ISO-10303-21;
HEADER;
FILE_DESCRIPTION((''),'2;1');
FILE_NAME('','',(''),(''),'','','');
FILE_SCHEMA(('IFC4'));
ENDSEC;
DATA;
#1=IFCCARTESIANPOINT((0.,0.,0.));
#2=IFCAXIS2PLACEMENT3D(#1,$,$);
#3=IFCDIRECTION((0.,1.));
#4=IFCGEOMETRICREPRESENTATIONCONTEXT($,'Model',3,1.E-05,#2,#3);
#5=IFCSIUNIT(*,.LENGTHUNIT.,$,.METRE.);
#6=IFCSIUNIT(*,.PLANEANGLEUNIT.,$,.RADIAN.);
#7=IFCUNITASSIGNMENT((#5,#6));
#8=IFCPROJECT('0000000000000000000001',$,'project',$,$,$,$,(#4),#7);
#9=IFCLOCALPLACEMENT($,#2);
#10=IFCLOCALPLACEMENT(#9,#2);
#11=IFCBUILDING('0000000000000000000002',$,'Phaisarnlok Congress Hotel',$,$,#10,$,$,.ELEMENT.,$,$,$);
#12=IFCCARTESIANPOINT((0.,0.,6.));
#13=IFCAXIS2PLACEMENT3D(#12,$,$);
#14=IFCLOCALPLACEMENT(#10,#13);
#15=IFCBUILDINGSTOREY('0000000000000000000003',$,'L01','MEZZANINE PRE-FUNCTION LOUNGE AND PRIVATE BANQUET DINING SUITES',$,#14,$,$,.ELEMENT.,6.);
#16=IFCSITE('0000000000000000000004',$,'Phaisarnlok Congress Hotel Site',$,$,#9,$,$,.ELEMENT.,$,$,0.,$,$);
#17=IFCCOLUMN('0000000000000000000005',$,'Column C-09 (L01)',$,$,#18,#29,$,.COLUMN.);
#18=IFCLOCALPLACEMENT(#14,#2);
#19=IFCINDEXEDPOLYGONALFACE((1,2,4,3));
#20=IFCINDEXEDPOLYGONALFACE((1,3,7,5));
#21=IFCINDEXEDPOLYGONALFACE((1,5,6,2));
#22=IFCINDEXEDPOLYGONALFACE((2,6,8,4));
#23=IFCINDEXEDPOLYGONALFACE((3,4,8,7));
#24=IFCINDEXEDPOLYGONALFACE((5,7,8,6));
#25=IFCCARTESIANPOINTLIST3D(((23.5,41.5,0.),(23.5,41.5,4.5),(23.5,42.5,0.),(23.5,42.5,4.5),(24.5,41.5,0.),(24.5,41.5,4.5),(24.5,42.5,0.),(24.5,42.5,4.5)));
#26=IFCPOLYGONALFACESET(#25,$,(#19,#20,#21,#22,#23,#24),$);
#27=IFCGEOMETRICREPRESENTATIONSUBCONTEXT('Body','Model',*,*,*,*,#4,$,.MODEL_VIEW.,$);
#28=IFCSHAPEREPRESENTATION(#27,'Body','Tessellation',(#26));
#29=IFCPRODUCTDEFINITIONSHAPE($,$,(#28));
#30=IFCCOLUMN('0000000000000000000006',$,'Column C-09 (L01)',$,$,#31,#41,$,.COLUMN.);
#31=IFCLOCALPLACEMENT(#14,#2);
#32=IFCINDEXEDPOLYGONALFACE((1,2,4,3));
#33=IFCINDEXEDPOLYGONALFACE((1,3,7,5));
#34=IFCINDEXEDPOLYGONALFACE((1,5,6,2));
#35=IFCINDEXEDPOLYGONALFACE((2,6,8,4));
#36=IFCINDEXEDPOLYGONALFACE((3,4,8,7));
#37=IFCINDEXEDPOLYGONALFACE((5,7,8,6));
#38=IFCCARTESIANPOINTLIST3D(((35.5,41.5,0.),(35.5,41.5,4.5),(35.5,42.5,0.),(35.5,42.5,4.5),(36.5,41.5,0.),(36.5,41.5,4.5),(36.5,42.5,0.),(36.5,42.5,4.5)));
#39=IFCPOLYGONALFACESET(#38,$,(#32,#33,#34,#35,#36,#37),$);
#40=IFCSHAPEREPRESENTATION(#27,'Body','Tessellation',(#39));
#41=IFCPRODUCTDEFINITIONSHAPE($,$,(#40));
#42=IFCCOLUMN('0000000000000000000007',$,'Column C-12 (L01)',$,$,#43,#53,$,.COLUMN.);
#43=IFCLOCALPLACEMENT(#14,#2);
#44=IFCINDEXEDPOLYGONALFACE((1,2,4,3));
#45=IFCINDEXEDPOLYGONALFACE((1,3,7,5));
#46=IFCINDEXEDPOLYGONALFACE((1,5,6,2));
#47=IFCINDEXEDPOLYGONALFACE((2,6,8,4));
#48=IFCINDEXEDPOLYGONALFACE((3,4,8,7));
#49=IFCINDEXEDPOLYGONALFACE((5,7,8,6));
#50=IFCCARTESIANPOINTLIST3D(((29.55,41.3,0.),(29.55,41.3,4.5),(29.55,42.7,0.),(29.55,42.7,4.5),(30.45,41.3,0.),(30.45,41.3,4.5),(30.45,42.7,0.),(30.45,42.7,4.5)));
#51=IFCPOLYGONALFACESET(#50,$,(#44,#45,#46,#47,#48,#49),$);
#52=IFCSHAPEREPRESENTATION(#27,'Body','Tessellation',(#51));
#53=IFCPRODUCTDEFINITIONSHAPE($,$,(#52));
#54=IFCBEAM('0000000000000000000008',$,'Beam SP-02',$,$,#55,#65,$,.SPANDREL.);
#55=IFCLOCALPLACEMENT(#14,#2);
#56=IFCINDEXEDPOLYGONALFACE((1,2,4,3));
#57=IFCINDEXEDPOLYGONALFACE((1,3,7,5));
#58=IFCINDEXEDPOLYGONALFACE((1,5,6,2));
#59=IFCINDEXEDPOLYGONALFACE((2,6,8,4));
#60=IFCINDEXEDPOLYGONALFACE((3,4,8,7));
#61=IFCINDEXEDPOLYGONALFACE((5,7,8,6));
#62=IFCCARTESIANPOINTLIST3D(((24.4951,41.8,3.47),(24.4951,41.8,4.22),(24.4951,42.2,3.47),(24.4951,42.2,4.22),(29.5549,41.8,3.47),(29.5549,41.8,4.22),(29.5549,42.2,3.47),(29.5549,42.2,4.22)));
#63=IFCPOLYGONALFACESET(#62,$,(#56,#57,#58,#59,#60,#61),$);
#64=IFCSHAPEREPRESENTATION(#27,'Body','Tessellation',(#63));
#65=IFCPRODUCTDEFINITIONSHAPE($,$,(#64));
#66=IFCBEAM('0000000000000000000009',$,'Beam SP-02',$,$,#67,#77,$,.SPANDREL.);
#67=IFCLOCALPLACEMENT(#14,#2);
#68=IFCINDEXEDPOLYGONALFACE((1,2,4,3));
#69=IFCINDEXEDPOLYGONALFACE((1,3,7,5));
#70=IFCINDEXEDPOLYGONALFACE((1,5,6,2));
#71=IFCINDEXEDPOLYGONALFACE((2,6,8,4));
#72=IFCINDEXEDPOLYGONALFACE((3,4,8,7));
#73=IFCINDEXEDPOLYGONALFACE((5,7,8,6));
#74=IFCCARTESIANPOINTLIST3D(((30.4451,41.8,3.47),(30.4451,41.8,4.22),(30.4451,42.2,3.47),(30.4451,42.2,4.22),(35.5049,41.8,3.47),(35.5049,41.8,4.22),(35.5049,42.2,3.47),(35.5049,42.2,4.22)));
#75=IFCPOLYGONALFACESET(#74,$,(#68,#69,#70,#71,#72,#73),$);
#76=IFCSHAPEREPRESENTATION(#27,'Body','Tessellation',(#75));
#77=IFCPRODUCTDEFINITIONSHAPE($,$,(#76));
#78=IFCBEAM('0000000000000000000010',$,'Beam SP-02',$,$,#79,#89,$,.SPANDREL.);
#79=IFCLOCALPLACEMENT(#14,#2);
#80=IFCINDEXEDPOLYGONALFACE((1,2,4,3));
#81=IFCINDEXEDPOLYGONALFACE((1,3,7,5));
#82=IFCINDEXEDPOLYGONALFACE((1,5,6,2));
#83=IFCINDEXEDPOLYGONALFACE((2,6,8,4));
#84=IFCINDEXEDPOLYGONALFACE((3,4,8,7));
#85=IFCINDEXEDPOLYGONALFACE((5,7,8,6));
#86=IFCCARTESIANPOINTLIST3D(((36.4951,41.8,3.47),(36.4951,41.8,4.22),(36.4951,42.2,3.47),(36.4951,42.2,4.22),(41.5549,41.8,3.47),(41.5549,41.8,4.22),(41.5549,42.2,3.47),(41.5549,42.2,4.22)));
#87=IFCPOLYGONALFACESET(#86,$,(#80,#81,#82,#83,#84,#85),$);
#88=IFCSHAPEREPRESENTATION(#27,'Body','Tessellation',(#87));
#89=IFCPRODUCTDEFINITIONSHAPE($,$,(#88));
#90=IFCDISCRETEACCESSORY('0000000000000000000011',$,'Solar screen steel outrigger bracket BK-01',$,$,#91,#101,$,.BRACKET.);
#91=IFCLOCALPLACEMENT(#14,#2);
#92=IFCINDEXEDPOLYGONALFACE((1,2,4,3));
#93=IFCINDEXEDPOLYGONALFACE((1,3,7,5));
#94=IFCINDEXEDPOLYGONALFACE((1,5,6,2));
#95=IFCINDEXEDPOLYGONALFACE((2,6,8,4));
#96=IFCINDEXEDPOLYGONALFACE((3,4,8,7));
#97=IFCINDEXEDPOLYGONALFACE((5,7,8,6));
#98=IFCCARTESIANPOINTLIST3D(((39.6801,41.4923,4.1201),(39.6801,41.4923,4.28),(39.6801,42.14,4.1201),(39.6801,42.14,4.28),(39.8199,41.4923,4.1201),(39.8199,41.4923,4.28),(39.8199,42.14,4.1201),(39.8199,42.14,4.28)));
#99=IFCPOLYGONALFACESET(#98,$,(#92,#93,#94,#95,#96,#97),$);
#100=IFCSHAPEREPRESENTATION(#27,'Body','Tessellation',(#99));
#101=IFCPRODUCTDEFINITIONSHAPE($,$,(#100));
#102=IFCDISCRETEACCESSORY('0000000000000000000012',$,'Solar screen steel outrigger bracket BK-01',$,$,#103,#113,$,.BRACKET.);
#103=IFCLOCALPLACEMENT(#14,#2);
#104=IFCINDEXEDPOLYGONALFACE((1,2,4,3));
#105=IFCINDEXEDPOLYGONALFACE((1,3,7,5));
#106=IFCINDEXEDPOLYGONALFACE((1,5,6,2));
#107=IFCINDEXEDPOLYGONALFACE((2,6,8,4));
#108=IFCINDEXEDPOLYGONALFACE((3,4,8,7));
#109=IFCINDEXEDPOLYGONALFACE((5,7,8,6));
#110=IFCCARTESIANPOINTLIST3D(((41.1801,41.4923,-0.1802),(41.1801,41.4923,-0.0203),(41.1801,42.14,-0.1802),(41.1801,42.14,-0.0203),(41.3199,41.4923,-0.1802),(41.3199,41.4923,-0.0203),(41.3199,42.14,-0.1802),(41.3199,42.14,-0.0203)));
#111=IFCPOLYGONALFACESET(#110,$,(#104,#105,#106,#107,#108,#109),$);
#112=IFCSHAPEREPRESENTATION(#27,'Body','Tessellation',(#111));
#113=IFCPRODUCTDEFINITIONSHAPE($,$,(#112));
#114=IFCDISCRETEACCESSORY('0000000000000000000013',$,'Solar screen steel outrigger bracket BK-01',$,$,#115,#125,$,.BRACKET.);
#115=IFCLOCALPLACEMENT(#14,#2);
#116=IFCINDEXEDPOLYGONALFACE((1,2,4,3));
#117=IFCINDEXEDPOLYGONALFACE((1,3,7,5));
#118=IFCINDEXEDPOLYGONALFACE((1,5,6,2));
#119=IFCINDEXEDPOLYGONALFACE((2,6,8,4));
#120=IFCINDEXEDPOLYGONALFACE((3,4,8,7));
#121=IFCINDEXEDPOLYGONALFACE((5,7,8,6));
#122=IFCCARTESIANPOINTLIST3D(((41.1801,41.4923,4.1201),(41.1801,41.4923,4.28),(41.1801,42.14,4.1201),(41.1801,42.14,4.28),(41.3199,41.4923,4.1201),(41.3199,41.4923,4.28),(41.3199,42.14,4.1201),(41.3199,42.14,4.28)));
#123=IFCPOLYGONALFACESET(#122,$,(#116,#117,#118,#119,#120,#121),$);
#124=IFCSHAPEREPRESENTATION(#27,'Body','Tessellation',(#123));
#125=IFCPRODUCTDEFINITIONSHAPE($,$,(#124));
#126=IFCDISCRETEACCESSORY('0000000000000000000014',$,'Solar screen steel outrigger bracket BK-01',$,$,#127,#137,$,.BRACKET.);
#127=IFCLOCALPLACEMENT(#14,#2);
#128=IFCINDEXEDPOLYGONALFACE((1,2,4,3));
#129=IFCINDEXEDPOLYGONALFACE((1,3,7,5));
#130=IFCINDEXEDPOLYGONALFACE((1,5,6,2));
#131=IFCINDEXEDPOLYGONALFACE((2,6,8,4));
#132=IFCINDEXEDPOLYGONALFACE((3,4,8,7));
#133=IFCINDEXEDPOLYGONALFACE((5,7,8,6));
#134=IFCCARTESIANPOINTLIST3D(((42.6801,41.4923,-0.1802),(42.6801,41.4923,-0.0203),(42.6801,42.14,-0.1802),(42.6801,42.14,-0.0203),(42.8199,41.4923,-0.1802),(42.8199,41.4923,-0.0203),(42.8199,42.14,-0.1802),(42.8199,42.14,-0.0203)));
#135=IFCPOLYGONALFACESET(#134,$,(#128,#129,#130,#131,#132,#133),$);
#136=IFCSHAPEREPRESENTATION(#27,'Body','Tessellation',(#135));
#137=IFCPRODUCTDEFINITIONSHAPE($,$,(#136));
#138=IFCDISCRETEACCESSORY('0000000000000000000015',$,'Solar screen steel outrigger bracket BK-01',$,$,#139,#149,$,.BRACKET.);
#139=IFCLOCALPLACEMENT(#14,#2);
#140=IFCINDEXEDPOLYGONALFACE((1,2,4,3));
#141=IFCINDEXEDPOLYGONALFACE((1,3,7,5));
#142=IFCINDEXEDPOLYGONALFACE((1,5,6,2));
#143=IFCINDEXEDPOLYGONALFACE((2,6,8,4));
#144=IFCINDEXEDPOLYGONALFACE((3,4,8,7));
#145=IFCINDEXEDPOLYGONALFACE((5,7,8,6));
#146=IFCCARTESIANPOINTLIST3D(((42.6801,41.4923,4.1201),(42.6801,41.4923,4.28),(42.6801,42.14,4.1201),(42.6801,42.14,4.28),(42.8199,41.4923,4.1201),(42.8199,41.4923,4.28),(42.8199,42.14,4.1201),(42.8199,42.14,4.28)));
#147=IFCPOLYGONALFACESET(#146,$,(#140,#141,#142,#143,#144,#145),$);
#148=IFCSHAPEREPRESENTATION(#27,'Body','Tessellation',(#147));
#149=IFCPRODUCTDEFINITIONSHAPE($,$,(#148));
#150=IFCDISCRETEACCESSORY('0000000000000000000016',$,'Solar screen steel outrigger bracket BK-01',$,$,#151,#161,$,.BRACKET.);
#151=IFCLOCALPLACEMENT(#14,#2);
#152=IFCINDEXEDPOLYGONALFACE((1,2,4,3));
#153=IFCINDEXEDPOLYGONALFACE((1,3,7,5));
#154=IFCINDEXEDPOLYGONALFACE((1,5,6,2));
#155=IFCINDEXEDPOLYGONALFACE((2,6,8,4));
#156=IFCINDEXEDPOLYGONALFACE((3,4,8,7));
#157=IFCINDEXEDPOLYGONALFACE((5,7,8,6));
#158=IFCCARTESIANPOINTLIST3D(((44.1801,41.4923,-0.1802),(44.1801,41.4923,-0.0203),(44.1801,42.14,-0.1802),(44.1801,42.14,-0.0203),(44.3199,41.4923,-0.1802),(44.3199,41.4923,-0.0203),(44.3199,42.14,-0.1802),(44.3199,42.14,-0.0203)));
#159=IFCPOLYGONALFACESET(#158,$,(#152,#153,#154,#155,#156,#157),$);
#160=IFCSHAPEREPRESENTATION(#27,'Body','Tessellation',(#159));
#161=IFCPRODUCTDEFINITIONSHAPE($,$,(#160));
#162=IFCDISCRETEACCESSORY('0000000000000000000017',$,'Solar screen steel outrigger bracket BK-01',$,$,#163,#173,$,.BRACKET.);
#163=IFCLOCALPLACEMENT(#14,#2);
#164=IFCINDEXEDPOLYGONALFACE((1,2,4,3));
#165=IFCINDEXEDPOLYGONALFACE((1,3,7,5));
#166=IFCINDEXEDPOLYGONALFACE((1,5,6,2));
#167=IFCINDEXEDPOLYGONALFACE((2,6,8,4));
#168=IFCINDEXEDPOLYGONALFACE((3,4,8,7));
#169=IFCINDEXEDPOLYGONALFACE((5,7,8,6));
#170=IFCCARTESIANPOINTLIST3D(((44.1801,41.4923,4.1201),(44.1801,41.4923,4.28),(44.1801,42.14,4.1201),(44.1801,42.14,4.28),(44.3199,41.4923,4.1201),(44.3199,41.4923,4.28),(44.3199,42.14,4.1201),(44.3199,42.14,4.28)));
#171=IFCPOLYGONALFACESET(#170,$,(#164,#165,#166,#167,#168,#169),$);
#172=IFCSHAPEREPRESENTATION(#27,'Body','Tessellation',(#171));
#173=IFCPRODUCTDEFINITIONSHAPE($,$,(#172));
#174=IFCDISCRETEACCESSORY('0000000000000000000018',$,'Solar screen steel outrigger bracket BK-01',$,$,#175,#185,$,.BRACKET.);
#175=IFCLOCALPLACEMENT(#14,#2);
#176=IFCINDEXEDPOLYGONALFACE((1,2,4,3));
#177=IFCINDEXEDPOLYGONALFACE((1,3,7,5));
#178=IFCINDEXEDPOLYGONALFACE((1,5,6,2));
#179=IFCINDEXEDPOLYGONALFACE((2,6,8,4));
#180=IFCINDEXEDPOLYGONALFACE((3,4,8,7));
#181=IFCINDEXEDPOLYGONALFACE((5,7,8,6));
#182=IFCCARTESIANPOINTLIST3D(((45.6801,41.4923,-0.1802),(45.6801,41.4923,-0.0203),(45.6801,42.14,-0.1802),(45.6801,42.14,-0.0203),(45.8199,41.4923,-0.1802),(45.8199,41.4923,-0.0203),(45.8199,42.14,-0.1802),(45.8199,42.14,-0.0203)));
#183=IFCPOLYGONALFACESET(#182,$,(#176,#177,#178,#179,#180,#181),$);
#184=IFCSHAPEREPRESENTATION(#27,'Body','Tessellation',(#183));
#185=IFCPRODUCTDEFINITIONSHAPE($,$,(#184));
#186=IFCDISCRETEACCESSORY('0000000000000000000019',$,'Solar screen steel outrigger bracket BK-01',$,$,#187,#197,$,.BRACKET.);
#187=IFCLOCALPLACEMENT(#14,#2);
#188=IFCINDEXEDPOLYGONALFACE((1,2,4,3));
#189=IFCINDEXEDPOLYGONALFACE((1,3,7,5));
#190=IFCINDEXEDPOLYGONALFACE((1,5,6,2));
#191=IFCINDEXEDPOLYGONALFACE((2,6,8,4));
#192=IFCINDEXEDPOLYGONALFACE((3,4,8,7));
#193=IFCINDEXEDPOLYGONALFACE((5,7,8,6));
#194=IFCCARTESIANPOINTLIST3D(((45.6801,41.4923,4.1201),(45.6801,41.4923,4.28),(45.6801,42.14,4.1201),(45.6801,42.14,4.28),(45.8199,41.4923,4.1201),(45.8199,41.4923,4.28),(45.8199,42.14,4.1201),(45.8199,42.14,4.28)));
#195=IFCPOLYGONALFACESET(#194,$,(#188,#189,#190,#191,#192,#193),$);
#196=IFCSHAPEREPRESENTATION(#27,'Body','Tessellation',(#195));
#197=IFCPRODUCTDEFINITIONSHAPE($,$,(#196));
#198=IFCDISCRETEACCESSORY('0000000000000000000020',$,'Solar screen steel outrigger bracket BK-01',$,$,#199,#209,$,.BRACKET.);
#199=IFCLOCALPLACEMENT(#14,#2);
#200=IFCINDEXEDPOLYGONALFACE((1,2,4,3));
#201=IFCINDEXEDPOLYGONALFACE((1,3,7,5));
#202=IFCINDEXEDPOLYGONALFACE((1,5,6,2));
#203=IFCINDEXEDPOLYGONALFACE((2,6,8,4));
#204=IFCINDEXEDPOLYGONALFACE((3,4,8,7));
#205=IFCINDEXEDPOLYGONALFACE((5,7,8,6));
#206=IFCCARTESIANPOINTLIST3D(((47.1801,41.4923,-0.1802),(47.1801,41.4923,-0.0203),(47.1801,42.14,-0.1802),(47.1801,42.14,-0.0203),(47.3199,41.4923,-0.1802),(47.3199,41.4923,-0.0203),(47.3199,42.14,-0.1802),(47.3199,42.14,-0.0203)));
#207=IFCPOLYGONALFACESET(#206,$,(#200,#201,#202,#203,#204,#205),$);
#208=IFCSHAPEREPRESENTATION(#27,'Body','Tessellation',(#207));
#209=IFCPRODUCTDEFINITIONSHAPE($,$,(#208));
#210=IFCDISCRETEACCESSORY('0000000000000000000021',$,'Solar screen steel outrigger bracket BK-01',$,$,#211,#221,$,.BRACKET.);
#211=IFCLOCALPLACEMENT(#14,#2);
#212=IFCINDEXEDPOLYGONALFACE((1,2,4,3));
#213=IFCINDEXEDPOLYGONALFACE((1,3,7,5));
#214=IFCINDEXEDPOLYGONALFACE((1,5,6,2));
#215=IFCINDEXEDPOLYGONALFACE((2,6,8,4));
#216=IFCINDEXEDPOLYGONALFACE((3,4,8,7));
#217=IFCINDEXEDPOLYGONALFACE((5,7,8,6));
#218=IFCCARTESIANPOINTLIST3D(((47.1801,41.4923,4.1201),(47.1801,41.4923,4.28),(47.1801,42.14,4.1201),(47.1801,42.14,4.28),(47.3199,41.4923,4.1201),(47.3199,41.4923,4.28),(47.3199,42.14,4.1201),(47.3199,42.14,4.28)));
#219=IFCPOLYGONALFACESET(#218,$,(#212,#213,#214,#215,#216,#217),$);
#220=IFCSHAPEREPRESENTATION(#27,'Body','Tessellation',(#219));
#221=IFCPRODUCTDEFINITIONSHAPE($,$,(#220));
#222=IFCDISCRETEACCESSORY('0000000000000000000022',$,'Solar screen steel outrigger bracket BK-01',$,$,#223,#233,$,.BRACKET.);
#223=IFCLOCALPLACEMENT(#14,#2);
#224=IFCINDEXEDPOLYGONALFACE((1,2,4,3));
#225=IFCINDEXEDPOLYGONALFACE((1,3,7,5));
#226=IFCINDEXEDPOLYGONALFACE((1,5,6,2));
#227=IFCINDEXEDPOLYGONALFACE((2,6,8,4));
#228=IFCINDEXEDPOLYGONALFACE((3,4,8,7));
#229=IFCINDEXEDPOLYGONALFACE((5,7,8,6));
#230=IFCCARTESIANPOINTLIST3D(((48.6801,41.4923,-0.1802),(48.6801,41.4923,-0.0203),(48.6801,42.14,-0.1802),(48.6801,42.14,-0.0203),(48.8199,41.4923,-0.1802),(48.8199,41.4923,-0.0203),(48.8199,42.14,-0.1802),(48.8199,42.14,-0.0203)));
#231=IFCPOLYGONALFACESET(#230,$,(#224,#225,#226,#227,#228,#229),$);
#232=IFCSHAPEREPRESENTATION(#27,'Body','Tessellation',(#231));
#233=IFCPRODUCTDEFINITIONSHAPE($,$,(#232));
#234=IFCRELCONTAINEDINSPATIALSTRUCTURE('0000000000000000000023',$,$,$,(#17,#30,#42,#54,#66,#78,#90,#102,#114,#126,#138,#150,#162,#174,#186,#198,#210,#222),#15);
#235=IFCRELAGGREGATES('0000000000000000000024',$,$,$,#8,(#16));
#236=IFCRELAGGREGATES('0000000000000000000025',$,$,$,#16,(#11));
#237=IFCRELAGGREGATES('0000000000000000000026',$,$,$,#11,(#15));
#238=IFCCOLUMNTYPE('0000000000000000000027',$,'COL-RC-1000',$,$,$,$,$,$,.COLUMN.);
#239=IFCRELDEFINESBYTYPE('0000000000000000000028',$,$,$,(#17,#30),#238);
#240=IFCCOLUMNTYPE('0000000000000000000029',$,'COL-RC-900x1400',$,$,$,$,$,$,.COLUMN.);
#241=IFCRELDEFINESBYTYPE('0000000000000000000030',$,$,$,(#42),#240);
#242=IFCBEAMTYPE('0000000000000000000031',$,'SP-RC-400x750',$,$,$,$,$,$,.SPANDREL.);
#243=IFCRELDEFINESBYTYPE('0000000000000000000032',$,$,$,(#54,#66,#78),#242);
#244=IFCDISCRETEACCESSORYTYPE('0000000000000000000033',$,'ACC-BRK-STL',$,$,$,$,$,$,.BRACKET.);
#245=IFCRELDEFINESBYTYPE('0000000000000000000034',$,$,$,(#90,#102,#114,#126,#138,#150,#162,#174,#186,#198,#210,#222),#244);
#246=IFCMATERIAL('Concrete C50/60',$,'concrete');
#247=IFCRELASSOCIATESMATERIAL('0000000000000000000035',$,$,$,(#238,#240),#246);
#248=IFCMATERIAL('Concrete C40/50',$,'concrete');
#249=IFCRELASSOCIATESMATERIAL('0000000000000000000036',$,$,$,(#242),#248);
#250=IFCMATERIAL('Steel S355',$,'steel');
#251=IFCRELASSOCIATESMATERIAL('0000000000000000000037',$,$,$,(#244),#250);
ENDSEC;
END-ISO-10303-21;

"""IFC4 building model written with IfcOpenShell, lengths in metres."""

from ifc_helpers import new_model, si_unit, direction, frame, origin, origin_2d, place, context, subcontext, project, spatial, rectangle, extrude, material, material_profile, profile_set, type_object, element, save


model = new_model("IFC4")

# Units and contexts
model_context = context("Model", 3, precision=1e-05, world=origin(), true_north=direction((0.0, 1.0)))
body_context = subcontext(model_context, "Body", "Model", "MODEL_VIEW")
ifc_project = project(units=[si_unit("LENGTHUNIT", "METRE"), si_unit("PLANEANGLEUNIT", "RADIAN")], contexts=[model_context])

# Site, building, storey
site_placement = place(None, origin())
site = spatial("IfcSite", under=ifc_project, at=site_placement, Name="Phaisarnlok Congress Hotel Site", CompositionType="ELEMENT", RefElevation=0.0)
building_placement = place(site_placement, origin())
building = spatial("IfcBuilding", under=site, at=building_placement, Name="Phaisarnlok Congress Hotel", CompositionType="ELEMENT")
storey_placement = place(building_placement, frame((0.0, 0.0, 6.0)))
storey = spatial("IfcBuildingStorey", under=building, at=storey_placement, Name="L01", Description="MEZZANINE PRE-FUNCTION LOUNGE AND PRIVATE BANQUET DINING SUITES", CompositionType="ELEMENT", Elevation=6.0)

# Columns
ifc_material_1 = material(Name="Concrete C50/60", Category="concrete")
ifc_material_profile_1 = material_profile(ifc_material_1, rectangle(XDim=1.0, YDim=1.0, at=origin_2d()), Name="RC 1000x1000")
ifc_profile_set_1 = profile_set([ifc_material_profile_1], Name="Concrete C50/60")
column_type_1 = type_object("IfcColumnType", Name="COL-RC-1000", PredefinedType="COLUMN", material=ifc_profile_set_1)
for number, where, z_axis, x_axis, name in (
    (1, (24.0, 42.0, 0.0), (0.0, 0.0, 1.0), (1.0, 0.0, 0.0), "Column C-09 (L01)"),
    (2, (36.0, 42.0, 0.0), (0.0, 0.0, 1.0), (1.0, 0.0, 0.0), "Column C-09 (L01)"),
):
    element("IfcColumn", number, at=place(storey_placement, frame(where, z_axis=z_axis, x_axis=x_axis)), inside=storey, type_object=column_type_1, Name=name, PredefinedType="COLUMN", context=body_context, shape_type="SweptSolid", body=[
        extrude(rectangle(XDim=1.0, YDim=1.0, at=origin_2d()), origin(), (0.0, 0.0, 1.0), 4.5),
    ])
ifc_material_profile_2 = material_profile(ifc_material_1, rectangle(XDim=0.8999, YDim=1.3999, at=origin_2d()), Name="RC 900x1400")
ifc_profile_set_2 = profile_set([ifc_material_profile_2], Name="Concrete C50/60")
column_type_2 = type_object("IfcColumnType", Name="COL-RC-900x1400", PredefinedType="COLUMN", material=ifc_profile_set_2)
column_placement = place(storey_placement, frame((30.0, 42.0, 0.0), z_axis=(0.0, 0.0, 1.0), x_axis=(1.0, 0.0, 0.0)))
element("IfcColumn", 3, at=column_placement, inside=storey, type_object=column_type_2, Name="Column C-12 (L01)", PredefinedType="COLUMN", context=body_context, shape_type="SweptSolid", body=[
    extrude(rectangle(XDim=0.8999, YDim=1.3999, at=origin_2d()), origin(), (0.0, 0.0, 1.0), 4.5),
])

# Beams
ifc_material_2 = material(Name="Concrete C40/50", Category="concrete")
ifc_material_profile_3 = material_profile(ifc_material_2, rectangle(XDim=0.3999, YDim=0.75, at=origin_2d()), Name="RC 400x750")
ifc_profile_set_3 = profile_set([ifc_material_profile_3], Name="Concrete C40/50")
beam_type = type_object("IfcBeamType", Name="SP-RC-400x750", PredefinedType="SPANDREL", material=ifc_profile_set_3)
for number, where, z_axis, x_axis, name in (
    (4, (24.4951, 42.0, 3.845), (1.0, 0.0, 0.0), (0.0, 1.0, 0.0), "Beam SP-02"),
    (5, (30.4451, 42.0, 3.845), (1.0, 0.0, 0.0), (0.0, 1.0, 0.0), "Beam SP-02"),
    (6, (36.4951, 42.0, 3.845), (1.0, 0.0, 0.0), (0.0, 1.0, 0.0), "Beam SP-02"),
):
    element("IfcBeam", number, at=place(storey_placement, frame(where, z_axis=z_axis, x_axis=x_axis)), inside=storey, type_object=beam_type, Name=name, PredefinedType="SPANDREL", context=body_context, shape_type="SweptSolid", body=[
        extrude(rectangle(XDim=0.3999, YDim=0.75, at=origin_2d()), origin(), (0.0, 0.0, 1.0), 5.0598),
    ])

# Discrete accessories
ifc_material_3 = material(Name="Steel S355", Category="steel")
discrete_accessory_type = type_object("IfcDiscreteAccessoryType", Name="ACC-BRK-STL", PredefinedType="BRACKET", material=ifc_material_3)
for number, where, z_axis, x_axis, name in (
    (7, (39.75, 41.8162, 4.1201), (0.0, 0.0, 1.0), (1.0, 0.0, 0.0), "Solar screen steel outrigger bracket BK-01"),
    (8, (41.25, 41.8162, -0.1802), (0.0, 0.0, 1.0), (1.0, 0.0, 0.0), "Solar screen steel outrigger bracket BK-01"),
    (9, (41.25, 41.8162, 4.1201), (0.0, 0.0, 1.0), (1.0, 0.0, 0.0), "Solar screen steel outrigger bracket BK-01"),
    (10, (42.75, 41.8162, -0.1802), (0.0, 0.0, 1.0), (1.0, 0.0, 0.0), "Solar screen steel outrigger bracket BK-01"),
    (11, (42.75, 41.8162, 4.1201), (0.0, 0.0, 1.0), (1.0, 0.0, 0.0), "Solar screen steel outrigger bracket BK-01"),
    (12, (44.25, 41.8162, -0.1802), (0.0, 0.0, 1.0), (1.0, 0.0, 0.0), "Solar screen steel outrigger bracket BK-01"),
    (13, (44.25, 41.8162, 4.1201), (0.0, 0.0, 1.0), (1.0, 0.0, 0.0), "Solar screen steel outrigger bracket BK-01"),
    (14, (45.75, 41.8162, -0.1802), (0.0, 0.0, 1.0), (1.0, 0.0, 0.0), "Solar screen steel outrigger bracket BK-01"),
    (15, (45.75, 41.8162, 4.1201), (0.0, 0.0, 1.0), (1.0, 0.0, 0.0), "Solar screen steel outrigger bracket BK-01"),
    (16, (47.25, 41.8162, -0.1802), (0.0, 0.0, 1.0), (1.0, 0.0, 0.0), "Solar screen steel outrigger bracket BK-01"),
    (17, (47.25, 41.8162, 4.1201), (0.0, 0.0, 1.0), (1.0, 0.0, 0.0), "Solar screen steel outrigger bracket BK-01"),
    (18, (48.75, 41.8162, -0.1802), (0.0, 0.0, 1.0), (1.0, 0.0, 0.0), "Solar screen steel outrigger bracket BK-01"),
):
    element("IfcDiscreteAccessory", number, at=place(storey_placement, frame(where, z_axis=z_axis, x_axis=x_axis)), inside=storey, type_object=discrete_accessory_type, Name=name, PredefinedType="BRACKET", context=body_context, shape_type="SweptSolid", body=[
        extrude(rectangle(XDim=0.1399, YDim=0.6477, at=origin_2d()), origin(), (0.0, 0.0, 1.0), 0.1599),
    ])

save(model, "model.ifc")
